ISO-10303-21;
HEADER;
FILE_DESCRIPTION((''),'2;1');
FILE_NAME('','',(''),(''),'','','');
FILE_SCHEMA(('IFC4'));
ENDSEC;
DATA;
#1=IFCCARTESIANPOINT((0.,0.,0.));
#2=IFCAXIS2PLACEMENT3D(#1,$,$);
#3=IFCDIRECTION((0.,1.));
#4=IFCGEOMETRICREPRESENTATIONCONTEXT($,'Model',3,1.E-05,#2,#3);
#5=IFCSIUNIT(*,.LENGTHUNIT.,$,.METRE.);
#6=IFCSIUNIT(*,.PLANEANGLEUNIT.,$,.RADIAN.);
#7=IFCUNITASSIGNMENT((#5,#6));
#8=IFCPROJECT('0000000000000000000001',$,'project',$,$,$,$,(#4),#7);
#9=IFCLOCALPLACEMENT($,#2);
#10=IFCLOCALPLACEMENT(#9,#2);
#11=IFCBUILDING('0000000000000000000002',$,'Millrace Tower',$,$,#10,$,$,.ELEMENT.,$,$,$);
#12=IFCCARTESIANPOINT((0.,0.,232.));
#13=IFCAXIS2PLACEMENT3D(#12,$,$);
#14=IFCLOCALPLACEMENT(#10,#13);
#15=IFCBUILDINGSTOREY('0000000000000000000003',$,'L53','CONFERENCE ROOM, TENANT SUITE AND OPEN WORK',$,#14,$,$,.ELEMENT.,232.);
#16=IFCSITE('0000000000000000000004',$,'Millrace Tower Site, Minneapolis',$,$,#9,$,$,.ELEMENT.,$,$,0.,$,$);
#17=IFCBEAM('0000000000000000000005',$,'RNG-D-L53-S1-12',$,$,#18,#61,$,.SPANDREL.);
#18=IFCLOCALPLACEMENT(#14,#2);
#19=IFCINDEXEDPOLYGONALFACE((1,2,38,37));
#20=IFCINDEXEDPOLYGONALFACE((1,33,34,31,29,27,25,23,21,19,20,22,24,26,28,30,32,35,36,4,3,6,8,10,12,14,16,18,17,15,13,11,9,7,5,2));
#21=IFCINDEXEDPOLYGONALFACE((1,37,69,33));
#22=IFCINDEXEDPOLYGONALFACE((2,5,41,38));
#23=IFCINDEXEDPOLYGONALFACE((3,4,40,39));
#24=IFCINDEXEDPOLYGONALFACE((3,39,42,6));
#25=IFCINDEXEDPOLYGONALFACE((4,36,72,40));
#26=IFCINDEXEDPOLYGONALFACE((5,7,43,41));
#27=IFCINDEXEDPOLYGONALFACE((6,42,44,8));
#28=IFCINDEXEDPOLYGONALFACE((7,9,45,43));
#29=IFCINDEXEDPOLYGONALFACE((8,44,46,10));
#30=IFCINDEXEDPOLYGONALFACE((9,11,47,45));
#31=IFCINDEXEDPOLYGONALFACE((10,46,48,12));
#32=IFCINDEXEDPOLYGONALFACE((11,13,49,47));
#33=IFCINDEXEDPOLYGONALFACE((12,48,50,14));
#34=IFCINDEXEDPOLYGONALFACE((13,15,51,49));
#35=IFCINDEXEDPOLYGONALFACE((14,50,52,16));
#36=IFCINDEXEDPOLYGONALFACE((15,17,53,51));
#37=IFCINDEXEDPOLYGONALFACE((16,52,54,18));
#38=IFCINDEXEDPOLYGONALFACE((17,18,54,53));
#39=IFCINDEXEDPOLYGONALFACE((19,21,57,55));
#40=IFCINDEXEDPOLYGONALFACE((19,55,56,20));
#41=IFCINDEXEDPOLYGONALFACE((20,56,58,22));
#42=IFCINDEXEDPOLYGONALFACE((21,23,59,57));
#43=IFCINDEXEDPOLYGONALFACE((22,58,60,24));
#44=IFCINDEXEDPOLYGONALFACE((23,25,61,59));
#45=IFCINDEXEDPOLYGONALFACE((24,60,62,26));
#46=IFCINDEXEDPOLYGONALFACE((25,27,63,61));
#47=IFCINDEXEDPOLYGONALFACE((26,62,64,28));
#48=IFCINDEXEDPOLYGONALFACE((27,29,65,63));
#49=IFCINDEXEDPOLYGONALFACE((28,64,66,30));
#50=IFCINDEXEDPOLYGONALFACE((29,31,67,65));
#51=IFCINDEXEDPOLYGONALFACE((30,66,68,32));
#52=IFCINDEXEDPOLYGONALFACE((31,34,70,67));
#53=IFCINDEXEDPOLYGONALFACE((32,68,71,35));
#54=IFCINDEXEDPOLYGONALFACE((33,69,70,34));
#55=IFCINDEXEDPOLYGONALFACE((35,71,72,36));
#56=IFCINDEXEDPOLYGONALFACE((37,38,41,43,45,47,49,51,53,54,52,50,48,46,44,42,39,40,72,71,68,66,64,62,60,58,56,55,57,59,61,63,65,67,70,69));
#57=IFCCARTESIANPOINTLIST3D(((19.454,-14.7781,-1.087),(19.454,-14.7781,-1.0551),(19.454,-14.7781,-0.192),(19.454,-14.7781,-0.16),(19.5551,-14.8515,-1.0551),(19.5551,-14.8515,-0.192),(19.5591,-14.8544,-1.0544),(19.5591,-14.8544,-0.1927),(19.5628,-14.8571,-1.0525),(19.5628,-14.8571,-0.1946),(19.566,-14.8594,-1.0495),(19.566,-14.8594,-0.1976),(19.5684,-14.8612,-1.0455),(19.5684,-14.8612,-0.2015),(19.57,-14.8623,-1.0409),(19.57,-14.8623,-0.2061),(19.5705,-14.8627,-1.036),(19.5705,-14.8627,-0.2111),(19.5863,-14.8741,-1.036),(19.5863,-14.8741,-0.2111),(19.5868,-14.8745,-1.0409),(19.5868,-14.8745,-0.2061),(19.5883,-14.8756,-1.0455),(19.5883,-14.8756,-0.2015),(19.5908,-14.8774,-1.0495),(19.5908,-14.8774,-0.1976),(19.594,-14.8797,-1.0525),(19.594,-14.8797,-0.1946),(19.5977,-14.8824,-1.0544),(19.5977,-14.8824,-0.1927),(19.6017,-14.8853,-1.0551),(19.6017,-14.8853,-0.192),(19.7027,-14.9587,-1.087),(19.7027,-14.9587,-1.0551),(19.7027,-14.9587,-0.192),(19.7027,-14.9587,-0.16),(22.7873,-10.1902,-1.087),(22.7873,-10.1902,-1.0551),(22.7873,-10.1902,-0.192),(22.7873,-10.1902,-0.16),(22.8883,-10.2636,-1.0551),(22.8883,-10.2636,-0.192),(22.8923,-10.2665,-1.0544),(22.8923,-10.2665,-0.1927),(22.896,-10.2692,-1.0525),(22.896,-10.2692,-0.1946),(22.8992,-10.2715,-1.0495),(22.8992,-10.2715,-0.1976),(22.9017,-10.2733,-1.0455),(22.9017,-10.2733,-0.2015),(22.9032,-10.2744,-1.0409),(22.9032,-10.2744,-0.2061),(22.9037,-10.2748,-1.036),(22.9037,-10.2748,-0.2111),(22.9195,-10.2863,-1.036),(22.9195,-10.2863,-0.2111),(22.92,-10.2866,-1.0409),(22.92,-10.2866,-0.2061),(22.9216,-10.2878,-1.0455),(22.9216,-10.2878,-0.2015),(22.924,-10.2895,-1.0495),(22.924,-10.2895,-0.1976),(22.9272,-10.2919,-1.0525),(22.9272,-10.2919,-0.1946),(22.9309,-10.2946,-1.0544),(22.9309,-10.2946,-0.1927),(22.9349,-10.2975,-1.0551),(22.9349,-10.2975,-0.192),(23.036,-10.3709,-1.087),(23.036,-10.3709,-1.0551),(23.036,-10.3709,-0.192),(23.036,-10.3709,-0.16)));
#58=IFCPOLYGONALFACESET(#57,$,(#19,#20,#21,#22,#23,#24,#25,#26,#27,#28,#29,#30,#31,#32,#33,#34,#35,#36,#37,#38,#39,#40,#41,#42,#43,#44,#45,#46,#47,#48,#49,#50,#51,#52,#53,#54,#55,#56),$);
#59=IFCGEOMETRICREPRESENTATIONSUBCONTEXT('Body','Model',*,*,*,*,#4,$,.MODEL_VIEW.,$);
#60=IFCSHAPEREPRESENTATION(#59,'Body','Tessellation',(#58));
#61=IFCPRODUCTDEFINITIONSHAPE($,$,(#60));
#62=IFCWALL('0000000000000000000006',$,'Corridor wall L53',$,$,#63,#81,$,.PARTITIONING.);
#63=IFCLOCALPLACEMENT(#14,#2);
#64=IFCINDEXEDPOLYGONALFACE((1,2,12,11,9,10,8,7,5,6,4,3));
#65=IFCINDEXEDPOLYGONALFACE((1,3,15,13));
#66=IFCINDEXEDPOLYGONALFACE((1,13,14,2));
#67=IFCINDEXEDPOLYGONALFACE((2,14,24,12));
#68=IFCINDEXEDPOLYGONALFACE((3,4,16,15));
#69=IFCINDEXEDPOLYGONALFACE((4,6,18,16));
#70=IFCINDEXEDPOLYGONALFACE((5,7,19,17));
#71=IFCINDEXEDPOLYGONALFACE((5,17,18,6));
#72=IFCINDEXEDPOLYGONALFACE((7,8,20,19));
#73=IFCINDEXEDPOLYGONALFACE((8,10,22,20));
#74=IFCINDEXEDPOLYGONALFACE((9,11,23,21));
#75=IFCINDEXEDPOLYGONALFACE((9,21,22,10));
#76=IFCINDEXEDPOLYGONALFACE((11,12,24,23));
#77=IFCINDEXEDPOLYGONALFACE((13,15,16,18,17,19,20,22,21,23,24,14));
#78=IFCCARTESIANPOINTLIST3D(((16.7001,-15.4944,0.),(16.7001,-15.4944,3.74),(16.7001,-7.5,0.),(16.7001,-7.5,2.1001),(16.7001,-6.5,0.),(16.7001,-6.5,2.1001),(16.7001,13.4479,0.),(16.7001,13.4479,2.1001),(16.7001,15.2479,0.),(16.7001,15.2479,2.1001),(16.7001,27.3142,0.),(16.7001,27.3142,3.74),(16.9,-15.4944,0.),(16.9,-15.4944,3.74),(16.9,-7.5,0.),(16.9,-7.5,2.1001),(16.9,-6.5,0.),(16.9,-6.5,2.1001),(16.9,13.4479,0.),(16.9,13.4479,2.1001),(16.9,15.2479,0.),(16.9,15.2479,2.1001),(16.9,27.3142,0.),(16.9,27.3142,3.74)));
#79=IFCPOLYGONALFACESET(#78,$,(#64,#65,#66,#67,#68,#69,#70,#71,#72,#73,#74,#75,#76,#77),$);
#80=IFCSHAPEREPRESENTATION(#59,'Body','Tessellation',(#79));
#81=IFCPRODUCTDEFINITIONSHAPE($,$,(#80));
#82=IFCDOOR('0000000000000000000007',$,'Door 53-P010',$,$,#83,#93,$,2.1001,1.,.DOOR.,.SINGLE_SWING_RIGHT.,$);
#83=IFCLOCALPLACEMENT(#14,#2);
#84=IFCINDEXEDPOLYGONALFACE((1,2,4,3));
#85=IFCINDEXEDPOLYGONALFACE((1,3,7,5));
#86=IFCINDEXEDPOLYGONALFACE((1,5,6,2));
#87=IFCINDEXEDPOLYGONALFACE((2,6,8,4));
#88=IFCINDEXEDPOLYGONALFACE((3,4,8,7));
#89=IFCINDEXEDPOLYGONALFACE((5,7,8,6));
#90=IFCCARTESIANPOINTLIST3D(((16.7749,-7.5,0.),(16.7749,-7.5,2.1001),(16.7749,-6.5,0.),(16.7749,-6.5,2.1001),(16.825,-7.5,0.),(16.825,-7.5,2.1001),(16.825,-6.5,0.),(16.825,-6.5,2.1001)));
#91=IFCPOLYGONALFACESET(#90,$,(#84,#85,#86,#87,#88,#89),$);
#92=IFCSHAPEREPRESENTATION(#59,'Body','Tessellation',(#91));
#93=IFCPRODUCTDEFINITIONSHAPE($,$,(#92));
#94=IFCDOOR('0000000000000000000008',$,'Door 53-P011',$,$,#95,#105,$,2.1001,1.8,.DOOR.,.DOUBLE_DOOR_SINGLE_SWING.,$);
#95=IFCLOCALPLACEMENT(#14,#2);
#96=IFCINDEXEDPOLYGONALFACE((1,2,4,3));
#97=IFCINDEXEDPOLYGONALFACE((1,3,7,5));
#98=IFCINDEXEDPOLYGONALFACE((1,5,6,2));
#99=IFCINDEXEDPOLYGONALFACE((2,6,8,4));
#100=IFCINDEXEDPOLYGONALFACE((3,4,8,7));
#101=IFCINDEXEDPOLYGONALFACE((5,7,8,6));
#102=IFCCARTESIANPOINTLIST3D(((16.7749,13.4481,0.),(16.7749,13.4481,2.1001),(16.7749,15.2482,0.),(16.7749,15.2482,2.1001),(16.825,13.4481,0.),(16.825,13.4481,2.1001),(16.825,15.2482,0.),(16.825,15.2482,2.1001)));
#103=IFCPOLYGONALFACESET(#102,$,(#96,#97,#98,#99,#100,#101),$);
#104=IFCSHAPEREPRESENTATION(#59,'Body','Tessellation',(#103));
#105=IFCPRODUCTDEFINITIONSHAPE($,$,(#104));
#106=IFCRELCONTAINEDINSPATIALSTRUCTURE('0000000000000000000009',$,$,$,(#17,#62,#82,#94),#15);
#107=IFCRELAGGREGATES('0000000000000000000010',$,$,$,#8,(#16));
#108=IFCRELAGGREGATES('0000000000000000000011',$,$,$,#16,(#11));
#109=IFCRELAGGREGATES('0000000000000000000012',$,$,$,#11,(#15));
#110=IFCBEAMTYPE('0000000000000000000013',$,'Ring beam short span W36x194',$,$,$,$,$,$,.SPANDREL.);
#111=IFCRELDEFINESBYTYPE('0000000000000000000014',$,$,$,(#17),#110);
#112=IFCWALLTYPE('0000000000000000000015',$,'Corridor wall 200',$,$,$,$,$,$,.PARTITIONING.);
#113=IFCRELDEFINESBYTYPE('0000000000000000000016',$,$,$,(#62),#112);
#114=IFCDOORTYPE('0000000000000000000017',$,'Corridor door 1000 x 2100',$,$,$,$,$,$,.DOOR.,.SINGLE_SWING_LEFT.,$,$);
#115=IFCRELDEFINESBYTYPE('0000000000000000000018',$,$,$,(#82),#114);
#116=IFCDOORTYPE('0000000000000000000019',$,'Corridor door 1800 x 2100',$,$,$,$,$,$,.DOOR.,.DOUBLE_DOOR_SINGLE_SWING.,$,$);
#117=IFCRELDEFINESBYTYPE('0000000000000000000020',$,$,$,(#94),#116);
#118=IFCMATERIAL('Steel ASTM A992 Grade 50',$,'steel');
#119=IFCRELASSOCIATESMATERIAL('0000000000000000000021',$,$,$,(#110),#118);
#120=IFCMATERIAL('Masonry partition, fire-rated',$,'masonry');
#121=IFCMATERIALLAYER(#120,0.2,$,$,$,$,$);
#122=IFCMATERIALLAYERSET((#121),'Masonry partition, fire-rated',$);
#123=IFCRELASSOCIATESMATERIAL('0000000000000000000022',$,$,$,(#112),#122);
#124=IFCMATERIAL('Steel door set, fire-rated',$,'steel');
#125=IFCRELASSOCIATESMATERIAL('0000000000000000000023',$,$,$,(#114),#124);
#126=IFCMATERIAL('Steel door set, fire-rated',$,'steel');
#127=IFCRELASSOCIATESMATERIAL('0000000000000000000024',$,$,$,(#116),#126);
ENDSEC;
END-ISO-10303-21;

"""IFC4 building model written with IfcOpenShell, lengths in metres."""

from ifc_helpers import new_model, si_unit, direction, frame, frame_2d, origin, origin_2d, place, context, subcontext, project, spatial, rectangle, i_section, extrude, material, layer, layer_set, material_profile, profile_set, type_object, element, fill, save


model = new_model("IFC4")

# Units and contexts
model_context = context("Model", 3, precision=1e-05, world=origin(), true_north=direction((0.0, 1.0)))
body_context = subcontext(model_context, "Body", "Model", "MODEL_VIEW")
ifc_project = project(units=[si_unit("LENGTHUNIT", "METRE"), si_unit("PLANEANGLEUNIT", "RADIAN")], contexts=[model_context])

# Site, building, storey
site_placement = place(None, origin())
site = spatial("IfcSite", under=ifc_project, at=site_placement, Name="Millrace Tower Site, Minneapolis", CompositionType="ELEMENT", RefElevation=0.0)
building_placement = place(site_placement, origin())
building = spatial("IfcBuilding", under=site, at=building_placement, Name="Millrace Tower", CompositionType="ELEMENT")
storey_placement = place(building_placement, frame((0.0, 0.0, 232.0)))
storey = spatial("IfcBuildingStorey", under=building, at=storey_placement, Name="L53", Description="CONFERENCE ROOM, TENANT SUITE AND OPEN WORK", CompositionType="ELEMENT", Elevation=232.0)

# Beam
ifc_material_1 = material(Name="Steel ASTM A992 Grade 50", Category="steel")
ifc_material_profile_1 = material_profile(ifc_material_1, i_section(OverallWidth=0.3074, OverallDepth=0.927, WebThickness=0.0195, FlangeThickness=0.032, FilletRadius=0.019, at=origin_2d()))
ifc_profile_set_1 = profile_set([ifc_material_profile_1], Name="Steel ASTM A992 Grade 50")
beam_type_1 = type_object("IfcBeamType", Name="Ring beam short span W36x194", PredefinedType="SPANDREL", material=ifc_profile_set_1)
beam_1_placement = place(storey_placement, frame((22.9116, -10.2805, -0.6235), z_axis=(-0.58778, -0.809021, 0.0), x_axis=(0.809021, -0.58778, 0.0)))
element("IfcBeam", 1, at=beam_1_placement, inside=storey, type_object=beam_type_1, Name="RNG-D-L53-S1-12", PredefinedType="SPANDREL", context=body_context, shape_type="SweptSolid", body=[
    extrude(i_section(OverallWidth=0.3074, OverallDepth=0.927, WebThickness=0.0195, FlangeThickness=0.032, FilletRadius=0.019, at=origin_2d()), origin(), (0.0, 0.0, 1.0), 5.6709),
])

# Wall, openings, doors
ifc_material_2 = material(Name="Masonry partition, fire-rated", Category="masonry")
ifc_layer_1 = layer(ifc_material_2, 0.2)
ifc_layer_set_1 = layer_set([ifc_layer_1], Name="Masonry partition, fire-rated")
wall_type = type_object("IfcWallType", Name="Corridor wall 200", PredefinedType="PARTITIONING", material=ifc_layer_set_1)
wall_placement = place(storey_placement, frame((16.8, -15.4944, 0.0), z_axis=(0.0, 0.0, 1.0), x_axis=(0.0, 1.0, 0.0)))
wall = element("IfcWall", 2, at=wall_placement, inside=storey, type_object=wall_type, Name="Corridor wall L53", PredefinedType="PARTITIONING", context=body_context, shape_type="SweptSolid", body=[
    extrude(rectangle(XDim=42.8086, YDim=0.2, at=frame_2d((21.4043, 0.0))), origin(), (0.0, 0.0, 1.0), 3.74),
])
opening_1_placement = place(wall_placement, frame((7.9944, 0.0, 0.0)))
opening_1 = element("IfcOpeningElement", 3, at=opening_1_placement, cuts=wall, PredefinedType="OPENING", context=body_context, shape_type="SweptSolid", body=[
    extrude(rectangle(XDim=1.0, YDim=2.1001, at=frame_2d((0.5, 1.05))), frame((0.0, 0.1099, 0.0), z_axis=(0.0, -1.0, 0.0), x_axis=(1.0, 0.0, 0.0)), (0.0, 0.0, 1.0), 0.22),
])
opening_2_placement = place(wall_placement, frame((28.9424, 0.0, 0.0)))
opening_2 = element("IfcOpeningElement", 4, at=opening_2_placement, cuts=wall, PredefinedType="OPENING", context=body_context, shape_type="SweptSolid", body=[
    extrude(rectangle(XDim=1.8, YDim=2.1001, at=frame_2d((0.8999, 1.05))), frame((0.0, 0.1099, 0.0), z_axis=(0.0, -1.0, 0.0), x_axis=(1.0, 0.0, 0.0)), (0.0, 0.0, 1.0), 0.22),
])
ifc_material_3 = material(Name="Steel door set, fire-rated", Category="steel")
door_type_1 = type_object("IfcDoorType", Name="Corridor door 1000 x 2100", OperationType="SINGLE_SWING_LEFT", PredefinedType="DOOR", material=ifc_material_3)
door_1_placement = place(opening_1_placement, frame((1.0, 0.0, 0.0), z_axis=(0.0, 0.0, 1.0), x_axis=(-1.0, 0.0, 0.0)))
door_1 = element("IfcDoor", 5, at=door_1_placement, inside=storey, type_object=door_type_1, Name="Door 53-P010", OperationType="SINGLE_SWING_RIGHT", OverallHeight=2.1001, OverallWidth=1.0, PredefinedType="DOOR", context=body_context, shape_type="SweptSolid", body=[
    extrude(rectangle(XDim=1.0, YDim=2.1001, at=frame_2d((0.5, 1.05))), frame((0.0, 0.0249, 0.0), z_axis=(0.0, -1.0, 0.0), x_axis=(1.0, 0.0, 0.0)), (0.0, 0.0, 1.0), 0.05),
])
fill(opening_1, door_1)
ifc_material_4 = material(Name="Steel door set, fire-rated", Category="steel")
door_type_2 = type_object("IfcDoorType", Name="Corridor door 1800 x 2100", OperationType="DOUBLE_DOOR_SINGLE_SWING", PredefinedType="DOOR", material=ifc_material_4)
door_2_placement = place(opening_2_placement, frame((1.8, 0.0, 0.0), z_axis=(0.0, 0.0, 1.0), x_axis=(-1.0, 0.0, 0.0)))
door_2 = element("IfcDoor", 6, at=door_2_placement, inside=storey, type_object=door_type_2, Name="Door 53-P011", OperationType="DOUBLE_DOOR_SINGLE_SWING", OverallHeight=2.1001, OverallWidth=1.8, PredefinedType="DOOR", context=body_context, shape_type="SweptSolid", body=[
    extrude(rectangle(XDim=1.8, YDim=2.1001, at=frame_2d((0.8999, 1.05))), frame((0.0, 0.0249, 0.0), z_axis=(0.0, -1.0, 0.0), x_axis=(1.0, 0.0, 0.0)), (0.0, 0.0, 1.0), 0.05),
])
fill(opening_2, door_2)

save(model, "model.ifc")
